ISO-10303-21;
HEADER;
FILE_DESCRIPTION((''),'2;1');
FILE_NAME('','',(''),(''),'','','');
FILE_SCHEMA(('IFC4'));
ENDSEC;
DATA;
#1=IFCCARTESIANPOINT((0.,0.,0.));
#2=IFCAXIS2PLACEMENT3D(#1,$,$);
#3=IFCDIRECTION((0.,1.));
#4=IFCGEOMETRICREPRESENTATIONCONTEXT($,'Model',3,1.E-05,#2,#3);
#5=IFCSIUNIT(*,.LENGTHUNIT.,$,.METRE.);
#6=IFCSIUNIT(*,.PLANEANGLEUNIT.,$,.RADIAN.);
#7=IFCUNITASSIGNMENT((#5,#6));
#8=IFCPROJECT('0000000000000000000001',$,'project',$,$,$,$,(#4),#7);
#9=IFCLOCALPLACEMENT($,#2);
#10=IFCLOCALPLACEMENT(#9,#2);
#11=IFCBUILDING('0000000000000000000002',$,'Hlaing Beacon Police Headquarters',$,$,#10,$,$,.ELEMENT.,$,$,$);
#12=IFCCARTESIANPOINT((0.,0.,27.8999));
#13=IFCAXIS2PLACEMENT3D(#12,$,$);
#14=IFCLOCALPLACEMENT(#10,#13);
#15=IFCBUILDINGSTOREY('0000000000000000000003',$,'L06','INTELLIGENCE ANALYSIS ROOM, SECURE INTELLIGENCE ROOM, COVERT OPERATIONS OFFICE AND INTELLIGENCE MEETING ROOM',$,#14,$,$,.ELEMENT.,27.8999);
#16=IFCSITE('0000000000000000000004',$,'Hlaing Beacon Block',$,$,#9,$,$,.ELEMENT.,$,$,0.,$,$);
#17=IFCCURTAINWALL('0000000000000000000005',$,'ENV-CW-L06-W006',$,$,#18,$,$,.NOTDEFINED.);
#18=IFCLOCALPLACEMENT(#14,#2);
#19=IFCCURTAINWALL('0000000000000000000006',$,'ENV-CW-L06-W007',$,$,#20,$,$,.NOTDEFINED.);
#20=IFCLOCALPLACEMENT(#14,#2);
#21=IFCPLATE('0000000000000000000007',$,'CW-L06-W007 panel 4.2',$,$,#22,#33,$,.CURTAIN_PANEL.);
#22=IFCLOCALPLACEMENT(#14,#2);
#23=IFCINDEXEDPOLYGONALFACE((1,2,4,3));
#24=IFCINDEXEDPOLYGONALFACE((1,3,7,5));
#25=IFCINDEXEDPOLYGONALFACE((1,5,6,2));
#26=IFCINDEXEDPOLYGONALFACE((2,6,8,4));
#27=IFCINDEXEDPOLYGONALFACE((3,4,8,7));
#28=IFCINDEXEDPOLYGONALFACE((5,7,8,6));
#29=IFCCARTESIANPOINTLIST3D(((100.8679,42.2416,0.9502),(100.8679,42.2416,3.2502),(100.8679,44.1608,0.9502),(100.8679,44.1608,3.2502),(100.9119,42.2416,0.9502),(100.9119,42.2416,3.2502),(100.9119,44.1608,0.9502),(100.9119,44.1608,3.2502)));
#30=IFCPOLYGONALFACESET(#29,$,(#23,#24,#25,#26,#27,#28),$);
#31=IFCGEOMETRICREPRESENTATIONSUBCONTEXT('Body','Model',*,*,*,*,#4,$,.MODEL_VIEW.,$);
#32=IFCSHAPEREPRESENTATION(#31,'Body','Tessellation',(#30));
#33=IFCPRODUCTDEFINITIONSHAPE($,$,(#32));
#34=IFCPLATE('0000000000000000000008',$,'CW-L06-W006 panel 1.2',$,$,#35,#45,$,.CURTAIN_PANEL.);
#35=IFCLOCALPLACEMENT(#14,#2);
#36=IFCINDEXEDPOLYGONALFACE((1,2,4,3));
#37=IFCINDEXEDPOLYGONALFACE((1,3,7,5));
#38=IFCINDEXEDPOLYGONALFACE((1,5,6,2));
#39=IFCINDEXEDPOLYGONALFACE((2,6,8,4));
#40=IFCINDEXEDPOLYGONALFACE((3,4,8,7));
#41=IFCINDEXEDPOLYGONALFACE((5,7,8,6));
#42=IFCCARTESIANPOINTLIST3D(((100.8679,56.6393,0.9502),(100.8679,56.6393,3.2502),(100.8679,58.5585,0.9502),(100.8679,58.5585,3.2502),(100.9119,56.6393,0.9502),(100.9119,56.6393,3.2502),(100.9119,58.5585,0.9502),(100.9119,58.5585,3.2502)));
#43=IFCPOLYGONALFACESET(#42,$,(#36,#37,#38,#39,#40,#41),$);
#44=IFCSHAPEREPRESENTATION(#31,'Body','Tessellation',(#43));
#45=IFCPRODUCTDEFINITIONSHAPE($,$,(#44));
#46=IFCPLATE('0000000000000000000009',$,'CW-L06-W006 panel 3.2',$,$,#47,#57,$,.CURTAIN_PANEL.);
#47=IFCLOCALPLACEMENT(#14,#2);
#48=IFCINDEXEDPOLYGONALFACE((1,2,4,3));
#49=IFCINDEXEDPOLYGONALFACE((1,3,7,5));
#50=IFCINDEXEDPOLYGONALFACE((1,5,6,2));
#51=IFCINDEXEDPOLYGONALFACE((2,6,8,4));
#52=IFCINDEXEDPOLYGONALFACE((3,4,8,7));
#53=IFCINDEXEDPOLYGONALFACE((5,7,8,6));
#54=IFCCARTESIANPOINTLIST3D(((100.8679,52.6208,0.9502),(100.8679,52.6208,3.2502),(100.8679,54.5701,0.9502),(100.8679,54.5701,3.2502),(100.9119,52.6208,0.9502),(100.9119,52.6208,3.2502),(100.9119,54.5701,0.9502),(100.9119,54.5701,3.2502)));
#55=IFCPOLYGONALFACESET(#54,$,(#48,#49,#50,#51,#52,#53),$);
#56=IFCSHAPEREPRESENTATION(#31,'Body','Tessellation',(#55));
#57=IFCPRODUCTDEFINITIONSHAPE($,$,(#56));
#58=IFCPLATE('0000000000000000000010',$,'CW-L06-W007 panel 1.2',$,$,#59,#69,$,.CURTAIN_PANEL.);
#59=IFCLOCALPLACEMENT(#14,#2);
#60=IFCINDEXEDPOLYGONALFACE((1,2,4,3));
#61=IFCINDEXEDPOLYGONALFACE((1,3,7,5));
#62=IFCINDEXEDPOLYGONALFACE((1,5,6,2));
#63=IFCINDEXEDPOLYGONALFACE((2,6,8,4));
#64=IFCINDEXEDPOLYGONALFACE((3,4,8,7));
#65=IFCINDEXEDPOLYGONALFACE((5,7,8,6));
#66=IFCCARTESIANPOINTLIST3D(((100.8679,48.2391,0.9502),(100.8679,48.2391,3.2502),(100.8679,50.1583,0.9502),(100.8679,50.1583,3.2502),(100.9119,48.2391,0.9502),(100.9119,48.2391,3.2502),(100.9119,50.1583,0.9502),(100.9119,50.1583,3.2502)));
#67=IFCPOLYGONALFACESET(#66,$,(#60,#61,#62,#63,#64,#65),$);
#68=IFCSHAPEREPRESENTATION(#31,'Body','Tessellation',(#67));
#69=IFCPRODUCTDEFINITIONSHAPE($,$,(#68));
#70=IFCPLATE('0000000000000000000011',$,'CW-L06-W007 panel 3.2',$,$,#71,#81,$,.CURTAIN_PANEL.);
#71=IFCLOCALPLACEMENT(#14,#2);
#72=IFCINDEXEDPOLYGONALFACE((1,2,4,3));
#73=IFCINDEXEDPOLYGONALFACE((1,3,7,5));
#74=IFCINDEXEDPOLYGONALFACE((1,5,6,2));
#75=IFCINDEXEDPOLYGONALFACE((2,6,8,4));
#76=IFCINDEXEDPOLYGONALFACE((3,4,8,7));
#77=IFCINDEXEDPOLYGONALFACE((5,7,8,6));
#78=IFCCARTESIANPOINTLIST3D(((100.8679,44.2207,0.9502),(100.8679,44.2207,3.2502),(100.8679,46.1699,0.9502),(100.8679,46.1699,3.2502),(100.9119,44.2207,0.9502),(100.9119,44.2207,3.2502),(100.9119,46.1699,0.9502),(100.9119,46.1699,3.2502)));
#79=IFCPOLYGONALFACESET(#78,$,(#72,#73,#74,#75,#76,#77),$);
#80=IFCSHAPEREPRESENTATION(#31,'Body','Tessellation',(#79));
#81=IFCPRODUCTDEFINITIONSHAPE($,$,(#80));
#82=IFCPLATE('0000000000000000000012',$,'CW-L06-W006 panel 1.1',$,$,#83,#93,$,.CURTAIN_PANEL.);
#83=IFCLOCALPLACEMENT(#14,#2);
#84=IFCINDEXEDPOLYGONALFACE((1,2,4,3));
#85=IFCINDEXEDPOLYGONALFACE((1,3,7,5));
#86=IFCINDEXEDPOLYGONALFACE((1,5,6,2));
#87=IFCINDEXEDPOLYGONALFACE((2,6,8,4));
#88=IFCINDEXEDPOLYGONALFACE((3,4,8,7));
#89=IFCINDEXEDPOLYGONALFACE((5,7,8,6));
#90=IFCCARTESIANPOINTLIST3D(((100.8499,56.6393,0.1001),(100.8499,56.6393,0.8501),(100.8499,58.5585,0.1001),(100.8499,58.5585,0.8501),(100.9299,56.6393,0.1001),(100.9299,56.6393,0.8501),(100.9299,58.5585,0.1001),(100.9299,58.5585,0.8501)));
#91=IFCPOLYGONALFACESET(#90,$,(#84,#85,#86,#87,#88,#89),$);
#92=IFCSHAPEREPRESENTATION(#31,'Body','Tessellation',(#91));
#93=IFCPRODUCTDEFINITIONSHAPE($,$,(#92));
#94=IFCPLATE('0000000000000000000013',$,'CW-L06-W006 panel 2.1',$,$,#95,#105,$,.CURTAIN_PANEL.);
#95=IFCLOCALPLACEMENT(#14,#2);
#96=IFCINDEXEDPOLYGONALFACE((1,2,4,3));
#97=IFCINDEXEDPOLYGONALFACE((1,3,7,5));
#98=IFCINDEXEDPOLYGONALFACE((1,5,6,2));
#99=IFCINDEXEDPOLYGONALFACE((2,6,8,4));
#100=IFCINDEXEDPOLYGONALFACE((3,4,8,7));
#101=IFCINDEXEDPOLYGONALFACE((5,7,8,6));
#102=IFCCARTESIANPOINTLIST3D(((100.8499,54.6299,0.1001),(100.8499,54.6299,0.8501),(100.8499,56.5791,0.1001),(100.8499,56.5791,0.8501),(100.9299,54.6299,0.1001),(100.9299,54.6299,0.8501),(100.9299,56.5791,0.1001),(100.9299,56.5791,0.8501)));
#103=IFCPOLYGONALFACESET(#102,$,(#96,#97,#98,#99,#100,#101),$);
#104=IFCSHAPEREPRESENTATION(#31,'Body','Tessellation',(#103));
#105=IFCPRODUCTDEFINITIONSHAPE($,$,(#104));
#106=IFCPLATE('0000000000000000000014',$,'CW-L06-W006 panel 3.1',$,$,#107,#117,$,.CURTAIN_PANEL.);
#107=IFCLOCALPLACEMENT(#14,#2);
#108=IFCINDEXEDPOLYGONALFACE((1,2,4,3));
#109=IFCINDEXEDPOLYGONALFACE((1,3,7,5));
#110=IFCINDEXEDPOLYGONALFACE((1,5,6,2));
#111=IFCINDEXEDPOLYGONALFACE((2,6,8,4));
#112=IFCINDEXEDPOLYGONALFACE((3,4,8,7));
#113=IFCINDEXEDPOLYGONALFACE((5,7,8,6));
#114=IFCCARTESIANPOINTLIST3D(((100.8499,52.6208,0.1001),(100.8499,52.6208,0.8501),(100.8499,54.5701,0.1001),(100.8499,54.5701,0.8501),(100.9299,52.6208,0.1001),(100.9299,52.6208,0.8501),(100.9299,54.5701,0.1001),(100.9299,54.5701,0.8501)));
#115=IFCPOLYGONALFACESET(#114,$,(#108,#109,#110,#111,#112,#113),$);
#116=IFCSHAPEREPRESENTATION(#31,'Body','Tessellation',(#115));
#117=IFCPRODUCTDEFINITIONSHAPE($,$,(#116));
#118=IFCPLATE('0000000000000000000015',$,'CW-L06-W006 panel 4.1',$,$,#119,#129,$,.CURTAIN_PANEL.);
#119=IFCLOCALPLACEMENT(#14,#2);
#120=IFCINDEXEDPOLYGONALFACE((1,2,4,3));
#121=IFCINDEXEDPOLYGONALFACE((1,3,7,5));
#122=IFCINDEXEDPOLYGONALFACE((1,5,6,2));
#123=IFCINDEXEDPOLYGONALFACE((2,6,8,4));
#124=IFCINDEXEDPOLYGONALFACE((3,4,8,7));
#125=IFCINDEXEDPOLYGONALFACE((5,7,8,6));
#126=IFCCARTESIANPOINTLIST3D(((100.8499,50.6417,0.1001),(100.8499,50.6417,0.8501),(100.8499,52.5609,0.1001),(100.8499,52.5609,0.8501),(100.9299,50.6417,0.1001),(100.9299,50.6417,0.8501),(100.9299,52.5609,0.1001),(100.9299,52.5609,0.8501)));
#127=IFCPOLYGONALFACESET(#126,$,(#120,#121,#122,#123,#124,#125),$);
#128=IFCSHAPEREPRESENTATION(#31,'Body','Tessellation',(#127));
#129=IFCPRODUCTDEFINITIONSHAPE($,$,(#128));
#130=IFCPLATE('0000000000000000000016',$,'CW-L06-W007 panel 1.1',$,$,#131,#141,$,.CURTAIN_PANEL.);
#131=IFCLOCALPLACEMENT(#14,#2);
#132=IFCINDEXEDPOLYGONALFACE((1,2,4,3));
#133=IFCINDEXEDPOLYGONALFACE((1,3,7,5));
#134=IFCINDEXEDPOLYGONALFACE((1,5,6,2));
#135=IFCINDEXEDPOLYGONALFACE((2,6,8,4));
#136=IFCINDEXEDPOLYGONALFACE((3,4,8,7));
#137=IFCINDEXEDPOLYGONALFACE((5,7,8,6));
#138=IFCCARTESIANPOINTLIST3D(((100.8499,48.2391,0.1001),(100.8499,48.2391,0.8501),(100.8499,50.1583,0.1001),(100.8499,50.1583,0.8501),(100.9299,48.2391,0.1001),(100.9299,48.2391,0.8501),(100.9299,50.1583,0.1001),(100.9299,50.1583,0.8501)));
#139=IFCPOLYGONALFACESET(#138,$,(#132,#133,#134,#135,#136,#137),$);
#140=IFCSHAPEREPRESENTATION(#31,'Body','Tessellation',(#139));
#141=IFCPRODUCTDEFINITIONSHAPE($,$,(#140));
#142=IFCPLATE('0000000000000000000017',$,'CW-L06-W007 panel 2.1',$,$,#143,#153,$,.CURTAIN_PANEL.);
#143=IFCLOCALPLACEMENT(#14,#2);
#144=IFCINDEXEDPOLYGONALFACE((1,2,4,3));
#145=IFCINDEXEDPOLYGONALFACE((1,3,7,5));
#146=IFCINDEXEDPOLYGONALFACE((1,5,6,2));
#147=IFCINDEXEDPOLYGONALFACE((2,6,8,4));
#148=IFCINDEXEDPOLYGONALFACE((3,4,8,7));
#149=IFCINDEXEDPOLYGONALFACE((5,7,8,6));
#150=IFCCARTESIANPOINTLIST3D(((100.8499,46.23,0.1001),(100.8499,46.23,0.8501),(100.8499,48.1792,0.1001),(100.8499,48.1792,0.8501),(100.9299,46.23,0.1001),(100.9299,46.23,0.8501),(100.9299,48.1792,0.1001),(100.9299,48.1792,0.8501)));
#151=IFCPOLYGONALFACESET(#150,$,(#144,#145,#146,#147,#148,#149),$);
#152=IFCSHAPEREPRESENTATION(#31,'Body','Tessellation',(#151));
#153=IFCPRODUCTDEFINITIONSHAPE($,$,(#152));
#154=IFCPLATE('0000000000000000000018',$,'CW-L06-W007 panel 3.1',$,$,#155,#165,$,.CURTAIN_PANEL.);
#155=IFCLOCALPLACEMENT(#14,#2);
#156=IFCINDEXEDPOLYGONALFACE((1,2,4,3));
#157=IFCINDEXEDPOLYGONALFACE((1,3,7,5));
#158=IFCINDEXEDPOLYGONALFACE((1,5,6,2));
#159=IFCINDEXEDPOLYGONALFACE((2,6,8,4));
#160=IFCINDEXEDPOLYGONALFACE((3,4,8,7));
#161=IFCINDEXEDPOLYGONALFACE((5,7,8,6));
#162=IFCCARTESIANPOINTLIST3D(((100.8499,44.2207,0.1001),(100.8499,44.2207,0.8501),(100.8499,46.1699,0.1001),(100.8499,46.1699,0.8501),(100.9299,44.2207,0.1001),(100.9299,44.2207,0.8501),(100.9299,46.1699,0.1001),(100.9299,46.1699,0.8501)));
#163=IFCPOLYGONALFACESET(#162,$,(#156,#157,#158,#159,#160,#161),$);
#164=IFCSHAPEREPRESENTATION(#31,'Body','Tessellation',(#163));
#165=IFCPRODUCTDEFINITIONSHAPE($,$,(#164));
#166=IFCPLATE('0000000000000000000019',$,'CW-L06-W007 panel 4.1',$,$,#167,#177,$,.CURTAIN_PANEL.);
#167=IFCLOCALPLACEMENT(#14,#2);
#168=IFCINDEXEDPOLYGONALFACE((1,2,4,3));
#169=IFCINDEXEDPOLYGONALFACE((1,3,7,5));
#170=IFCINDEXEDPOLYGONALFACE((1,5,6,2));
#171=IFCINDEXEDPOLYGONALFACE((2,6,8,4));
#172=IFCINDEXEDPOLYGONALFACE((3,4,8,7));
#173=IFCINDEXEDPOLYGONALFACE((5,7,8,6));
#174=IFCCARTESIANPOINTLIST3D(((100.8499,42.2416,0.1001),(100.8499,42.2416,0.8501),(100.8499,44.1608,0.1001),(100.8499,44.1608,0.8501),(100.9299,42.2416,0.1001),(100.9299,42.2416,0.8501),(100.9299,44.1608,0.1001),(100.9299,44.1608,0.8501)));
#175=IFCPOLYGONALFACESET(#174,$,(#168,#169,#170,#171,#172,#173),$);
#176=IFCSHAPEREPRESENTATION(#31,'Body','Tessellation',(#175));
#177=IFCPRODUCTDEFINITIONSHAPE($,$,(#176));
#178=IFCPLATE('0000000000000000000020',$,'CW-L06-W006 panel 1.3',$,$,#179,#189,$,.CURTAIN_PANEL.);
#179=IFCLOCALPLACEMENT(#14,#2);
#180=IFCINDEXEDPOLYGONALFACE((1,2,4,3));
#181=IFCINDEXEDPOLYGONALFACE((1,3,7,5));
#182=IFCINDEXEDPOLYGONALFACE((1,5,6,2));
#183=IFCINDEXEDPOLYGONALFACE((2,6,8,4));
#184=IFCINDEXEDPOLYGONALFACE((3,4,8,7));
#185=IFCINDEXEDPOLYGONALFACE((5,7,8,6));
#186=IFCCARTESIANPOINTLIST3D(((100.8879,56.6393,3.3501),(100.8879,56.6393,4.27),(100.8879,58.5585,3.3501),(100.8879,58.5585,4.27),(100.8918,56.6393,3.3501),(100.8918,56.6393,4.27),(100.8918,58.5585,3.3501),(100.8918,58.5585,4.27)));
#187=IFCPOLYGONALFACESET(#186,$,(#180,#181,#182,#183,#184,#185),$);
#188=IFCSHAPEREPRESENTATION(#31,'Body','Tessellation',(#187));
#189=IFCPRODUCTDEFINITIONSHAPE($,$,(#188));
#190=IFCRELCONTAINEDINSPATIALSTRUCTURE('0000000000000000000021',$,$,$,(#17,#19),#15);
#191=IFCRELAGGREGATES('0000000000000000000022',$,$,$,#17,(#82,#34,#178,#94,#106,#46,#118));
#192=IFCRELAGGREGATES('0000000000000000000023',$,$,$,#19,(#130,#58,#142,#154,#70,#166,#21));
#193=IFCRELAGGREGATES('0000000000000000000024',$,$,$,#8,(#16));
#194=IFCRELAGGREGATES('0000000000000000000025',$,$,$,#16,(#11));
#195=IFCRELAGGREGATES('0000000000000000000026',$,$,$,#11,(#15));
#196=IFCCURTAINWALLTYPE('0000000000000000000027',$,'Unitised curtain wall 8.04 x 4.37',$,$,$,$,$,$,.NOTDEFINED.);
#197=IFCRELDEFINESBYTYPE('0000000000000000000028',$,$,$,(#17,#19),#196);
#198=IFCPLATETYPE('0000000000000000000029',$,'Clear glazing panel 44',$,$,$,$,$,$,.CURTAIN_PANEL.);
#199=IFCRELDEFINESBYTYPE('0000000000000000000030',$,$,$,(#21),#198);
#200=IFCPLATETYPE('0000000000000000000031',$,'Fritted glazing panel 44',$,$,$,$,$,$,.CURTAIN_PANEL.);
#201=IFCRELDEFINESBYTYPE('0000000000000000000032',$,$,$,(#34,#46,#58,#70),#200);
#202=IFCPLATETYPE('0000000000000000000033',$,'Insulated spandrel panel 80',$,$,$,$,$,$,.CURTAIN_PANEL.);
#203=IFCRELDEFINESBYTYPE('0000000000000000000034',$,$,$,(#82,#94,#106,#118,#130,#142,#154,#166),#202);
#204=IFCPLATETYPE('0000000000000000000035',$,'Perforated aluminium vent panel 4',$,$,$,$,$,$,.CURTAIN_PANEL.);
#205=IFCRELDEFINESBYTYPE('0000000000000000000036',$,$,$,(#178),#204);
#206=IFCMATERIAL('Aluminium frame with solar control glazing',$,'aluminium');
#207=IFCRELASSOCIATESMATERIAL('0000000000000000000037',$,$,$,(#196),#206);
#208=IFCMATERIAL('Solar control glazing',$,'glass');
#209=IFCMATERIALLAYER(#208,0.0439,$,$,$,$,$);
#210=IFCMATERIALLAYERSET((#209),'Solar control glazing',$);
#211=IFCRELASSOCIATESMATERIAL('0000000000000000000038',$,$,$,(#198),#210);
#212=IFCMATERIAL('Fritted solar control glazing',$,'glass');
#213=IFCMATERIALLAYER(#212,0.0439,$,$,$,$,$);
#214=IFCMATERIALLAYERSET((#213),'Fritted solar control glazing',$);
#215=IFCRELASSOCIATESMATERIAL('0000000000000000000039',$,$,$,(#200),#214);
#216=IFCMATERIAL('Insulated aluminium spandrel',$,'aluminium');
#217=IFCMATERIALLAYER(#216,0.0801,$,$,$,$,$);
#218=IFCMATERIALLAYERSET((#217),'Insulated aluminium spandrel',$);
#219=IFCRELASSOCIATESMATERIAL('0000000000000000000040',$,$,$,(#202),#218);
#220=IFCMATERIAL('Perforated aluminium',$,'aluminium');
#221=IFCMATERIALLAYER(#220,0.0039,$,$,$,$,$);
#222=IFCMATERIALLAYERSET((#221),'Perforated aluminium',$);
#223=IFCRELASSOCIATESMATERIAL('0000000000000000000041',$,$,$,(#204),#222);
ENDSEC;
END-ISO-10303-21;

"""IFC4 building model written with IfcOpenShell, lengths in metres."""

from ifc_helpers import new_model, si_unit, direction, frame, origin, origin_2d, place, context, subcontext, project, spatial, rectangle, extrude, material, layer, layer_set, type_object, element, aggregate, save


model = new_model("IFC4")

# Units and contexts
model_context = context("Model", 3, precision=1e-05, world=origin(), true_north=direction((0.0, 1.0)))
body_context = subcontext(model_context, "Body", "Model", "MODEL_VIEW")
ifc_project = project(units=[si_unit("LENGTHUNIT", "METRE"), si_unit("PLANEANGLEUNIT", "RADIAN")], contexts=[model_context])

# Site, building, storey
site_placement = place(None, origin())
site = spatial("IfcSite", under=ifc_project, at=site_placement, Name="Hlaing Beacon Block", CompositionType="ELEMENT", RefElevation=0.0)
building_placement = place(site_placement, origin())
building = spatial("IfcBuilding", under=site, at=building_placement, Name="Hlaing Beacon Police Headquarters", CompositionType="ELEMENT")
storey_placement = place(building_placement, frame((0.0, 0.0, 27.8999)))
storey = spatial("IfcBuildingStorey", under=building, at=storey_placement, Name="L06", Description="INTELLIGENCE ANALYSIS ROOM, SECURE INTELLIGENCE ROOM, COVERT OPERATIONS OFFICE AND INTELLIGENCE MEETING ROOM", CompositionType="ELEMENT", Elevation=27.8999)

# Shared definitions
ifc_material_1 = material(Name="Aluminium frame with solar control glazing", Category="aluminium")
curtain_wall_type = type_object("IfcCurtainWallType", Name="Unitised curtain wall 8.04 x 4.37", PredefinedType="NOTDEFINED", material=ifc_material_1)

# Curtain walls, plate
curtain_wall_1_placement = place(storey_placement, origin())
curtain_wall_1 = element("IfcCurtainWall", 1, at=curtain_wall_1_placement, inside=storey, type_object=curtain_wall_type, Name="ENV-CW-L06-W006", PredefinedType="NOTDEFINED")
ifc_material_2 = material(Name="Solar control glazing", Category="glass")
ifc_layer_1 = layer(ifc_material_2, 0.0439)
ifc_layer_set_1 = layer_set([ifc_layer_1], Name="Solar control glazing")
plate_type_1 = type_object("IfcPlateType", Name="Clear glazing panel 44", PredefinedType="CURTAIN_PANEL", material=ifc_layer_set_1)
curtain_wall_2_placement = place(storey_placement, origin())
curtain_wall_2 = element("IfcCurtainWall", 2, at=curtain_wall_2_placement, inside=storey, type_object=curtain_wall_type, Name="ENV-CW-L06-W007", PredefinedType="NOTDEFINED")
plate_1_placement = place(storey_placement, frame((100.8899, 43.2012, 0.9502), z_axis=(0.0, 0.0, 1.0), x_axis=(0.0, -1.0, 0.0)))
plate_1 = element("IfcPlate", 3, at=plate_1_placement, type_object=plate_type_1, Name="CW-L06-W007 panel 4.2", PredefinedType="CURTAIN_PANEL", context=body_context, shape_type="SweptSolid", body=[
    extrude(rectangle(XDim=1.9192, YDim=0.0439, at=origin_2d()), origin(), (0.0, 0.0, 1.0), 2.3),
])

# Plates
ifc_material_3 = material(Name="Fritted solar control glazing", Category="glass")
ifc_layer_2 = layer(ifc_material_3, 0.0439)
ifc_layer_set_2 = layer_set([ifc_layer_2], Name="Fritted solar control glazing")
plate_type_2 = type_object("IfcPlateType", Name="Fritted glazing panel 44", PredefinedType="CURTAIN_PANEL", material=ifc_layer_set_2)
plate_2_placement = place(storey_placement, frame((100.8899, 57.5989, 0.9502), z_axis=(0.0, 0.0, 1.0), x_axis=(0.0, -1.0, 0.0)))
plate_2 = element("IfcPlate", 4, at=plate_2_placement, type_object=plate_type_2, Name="CW-L06-W006 panel 1.2", PredefinedType="CURTAIN_PANEL", context=body_context, shape_type="SweptSolid", body=[
    extrude(rectangle(XDim=1.9192, YDim=0.0439, at=origin_2d()), origin(), (0.0, 0.0, 1.0), 2.3),
])
plate_3_placement = place(storey_placement, frame((100.8899, 53.5955, 0.9502), z_axis=(0.0, 0.0, 1.0), x_axis=(0.0, -1.0, 0.0)))
plate_3 = element("IfcPlate", 5, at=plate_3_placement, type_object=plate_type_2, Name="CW-L06-W006 panel 3.2", PredefinedType="CURTAIN_PANEL", context=body_context, shape_type="SweptSolid", body=[
    extrude(rectangle(XDim=1.9492, YDim=0.0439, at=origin_2d()), origin(), (0.0, 0.0, 1.0), 2.3),
])
plate_4_placement = place(storey_placement, frame((100.8899, 49.1987, 0.9502), z_axis=(0.0, 0.0, 1.0), x_axis=(0.0, -1.0, 0.0)))
plate_4 = element("IfcPlate", 6, at=plate_4_placement, type_object=plate_type_2, Name="CW-L06-W007 panel 1.2", PredefinedType="CURTAIN_PANEL", context=body_context, shape_type="SweptSolid", body=[
    extrude(rectangle(XDim=1.9192, YDim=0.0439, at=origin_2d()), origin(), (0.0, 0.0, 1.0), 2.3),
])
plate_5_placement = place(storey_placement, frame((100.8899, 45.1953, 0.9502), z_axis=(0.0, 0.0, 1.0), x_axis=(0.0, -1.0, 0.0)))
plate_5 = element("IfcPlate", 7, at=plate_5_placement, type_object=plate_type_2, Name="CW-L06-W007 panel 3.2", PredefinedType="CURTAIN_PANEL", context=body_context, shape_type="SweptSolid", body=[
    extrude(rectangle(XDim=1.9492, YDim=0.0439, at=origin_2d()), origin(), (0.0, 0.0, 1.0), 2.3),
])
ifc_material_4 = material(Name="Insulated aluminium spandrel", Category="aluminium")
ifc_layer_3 = layer(ifc_material_4, 0.0801)
ifc_layer_set_3 = layer_set([ifc_layer_3], Name="Insulated aluminium spandrel")
plate_type_3 = type_object("IfcPlateType", Name="Insulated spandrel panel 80", PredefinedType="CURTAIN_PANEL", material=ifc_layer_set_3)
plate_6_placement = place(storey_placement, frame((100.8899, 57.5989, 0.1001), z_axis=(0.0, 0.0, 1.0), x_axis=(0.0, -1.0, 0.0)))
plate_6 = element("IfcPlate", 8, at=plate_6_placement, type_object=plate_type_3, Name="CW-L06-W006 panel 1.1", PredefinedType="CURTAIN_PANEL", context=body_context, shape_type="SweptSolid", body=[
    extrude(rectangle(XDim=1.9192, YDim=0.0801, at=origin_2d()), origin(), (0.0, 0.0, 1.0), 0.75),
])
plate_7_placement = place(storey_placement, frame((100.8899, 55.6045, 0.1001), z_axis=(0.0, 0.0, 1.0), x_axis=(0.0, -1.0, 0.0)))
plate_7 = element("IfcPlate", 9, at=plate_7_placement, type_object=plate_type_3, Name="CW-L06-W006 panel 2.1", PredefinedType="CURTAIN_PANEL", context=body_context, shape_type="SweptSolid", body=[
    extrude(rectangle(XDim=1.9492, YDim=0.0801, at=origin_2d()), origin(), (0.0, 0.0, 1.0), 0.75),
])
plate_8_placement = place(storey_placement, frame((100.8899, 53.5955, 0.1001), z_axis=(0.0, 0.0, 1.0), x_axis=(0.0, -1.0, 0.0)))
plate_8 = element("IfcPlate", 10, at=plate_8_placement, type_object=plate_type_3, Name="CW-L06-W006 panel 3.1", PredefinedType="CURTAIN_PANEL", context=body_context, shape_type="SweptSolid", body=[
    extrude(rectangle(XDim=1.9492, YDim=0.0801, at=origin_2d()), origin(), (0.0, 0.0, 1.0), 0.75),
])
plate_9_placement = place(storey_placement, frame((100.8899, 51.6013, 0.1001), z_axis=(0.0, 0.0, 1.0), x_axis=(0.0, -1.0, 0.0)))
plate_9 = element("IfcPlate", 11, at=plate_9_placement, type_object=plate_type_3, Name="CW-L06-W006 panel 4.1", PredefinedType="CURTAIN_PANEL", context=body_context, shape_type="SweptSolid", body=[
    extrude(rectangle(XDim=1.9192, YDim=0.0801, at=origin_2d()), origin(), (0.0, 0.0, 1.0), 0.75),
])
plate_10_placement = place(storey_placement, frame((100.8899, 49.1987, 0.1001), z_axis=(0.0, 0.0, 1.0), x_axis=(0.0, -1.0, 0.0)))
plate_10 = element("IfcPlate", 12, at=plate_10_placement, type_object=plate_type_3, Name="CW-L06-W007 panel 1.1", PredefinedType="CURTAIN_PANEL", context=body_context, shape_type="SweptSolid", body=[
    extrude(rectangle(XDim=1.9192, YDim=0.0801, at=origin_2d()), origin(), (0.0, 0.0, 1.0), 0.75),
])
plate_11_placement = place(storey_placement, frame((100.8899, 47.2046, 0.1001), z_axis=(0.0, 0.0, 1.0), x_axis=(0.0, -1.0, 0.0)))
plate_11 = element("IfcPlate", 13, at=plate_11_placement, type_object=plate_type_3, Name="CW-L06-W007 panel 2.1", PredefinedType="CURTAIN_PANEL", context=body_context, shape_type="SweptSolid", body=[
    extrude(rectangle(XDim=1.9492, YDim=0.0801, at=origin_2d()), origin(), (0.0, 0.0, 1.0), 0.75),
])
plate_12_placement = place(storey_placement, frame((100.8899, 45.1953, 0.1001), z_axis=(0.0, 0.0, 1.0), x_axis=(0.0, -1.0, 0.0)))
plate_12 = element("IfcPlate", 14, at=plate_12_placement, type_object=plate_type_3, Name="CW-L06-W007 panel 3.1", PredefinedType="CURTAIN_PANEL", context=body_context, shape_type="SweptSolid", body=[
    extrude(rectangle(XDim=1.9492, YDim=0.0801, at=origin_2d()), origin(), (0.0, 0.0, 1.0), 0.75),
])
plate_13_placement = place(storey_placement, frame((100.8899, 43.2012, 0.1001), z_axis=(0.0, 0.0, 1.0), x_axis=(0.0, -1.0, 0.0)))
plate_13 = element("IfcPlate", 15, at=plate_13_placement, type_object=plate_type_3, Name="CW-L06-W007 panel 4.1", PredefinedType="CURTAIN_PANEL", context=body_context, shape_type="SweptSolid", body=[
    extrude(rectangle(XDim=1.9192, YDim=0.0801, at=origin_2d()), origin(), (0.0, 0.0, 1.0), 0.75),
])
ifc_material_5 = material(Name="Perforated aluminium", Category="aluminium")
ifc_layer_4 = layer(ifc_material_5, 0.0039)
ifc_layer_set_4 = layer_set([ifc_layer_4], Name="Perforated aluminium")
plate_type_4 = type_object("IfcPlateType", Name="Perforated aluminium vent panel 4", PredefinedType="CURTAIN_PANEL", material=ifc_layer_set_4)
plate_14_placement = place(storey_placement, frame((100.8899, 57.5989, 3.3501), z_axis=(0.0, 0.0, 1.0), x_axis=(0.0, -1.0, 0.0)))
plate_14 = element("IfcPlate", 16, at=plate_14_placement, type_object=plate_type_4, Name="CW-L06-W006 panel 1.3", PredefinedType="CURTAIN_PANEL", context=body_context, shape_type="SweptSolid", body=[
    extrude(rectangle(XDim=1.9192, YDim=0.0039, at=origin_2d()), origin(), (0.0, 0.0, 1.0), 0.9199),
])
aggregate(curtain_wall_1, [plate_6, plate_2, plate_14, plate_7, plate_8, plate_3, plate_9])
aggregate(curtain_wall_2, [plate_10, plate_4, plate_11, plate_12, plate_5, plate_13, plate_1])

save(model, "model.ifc")
